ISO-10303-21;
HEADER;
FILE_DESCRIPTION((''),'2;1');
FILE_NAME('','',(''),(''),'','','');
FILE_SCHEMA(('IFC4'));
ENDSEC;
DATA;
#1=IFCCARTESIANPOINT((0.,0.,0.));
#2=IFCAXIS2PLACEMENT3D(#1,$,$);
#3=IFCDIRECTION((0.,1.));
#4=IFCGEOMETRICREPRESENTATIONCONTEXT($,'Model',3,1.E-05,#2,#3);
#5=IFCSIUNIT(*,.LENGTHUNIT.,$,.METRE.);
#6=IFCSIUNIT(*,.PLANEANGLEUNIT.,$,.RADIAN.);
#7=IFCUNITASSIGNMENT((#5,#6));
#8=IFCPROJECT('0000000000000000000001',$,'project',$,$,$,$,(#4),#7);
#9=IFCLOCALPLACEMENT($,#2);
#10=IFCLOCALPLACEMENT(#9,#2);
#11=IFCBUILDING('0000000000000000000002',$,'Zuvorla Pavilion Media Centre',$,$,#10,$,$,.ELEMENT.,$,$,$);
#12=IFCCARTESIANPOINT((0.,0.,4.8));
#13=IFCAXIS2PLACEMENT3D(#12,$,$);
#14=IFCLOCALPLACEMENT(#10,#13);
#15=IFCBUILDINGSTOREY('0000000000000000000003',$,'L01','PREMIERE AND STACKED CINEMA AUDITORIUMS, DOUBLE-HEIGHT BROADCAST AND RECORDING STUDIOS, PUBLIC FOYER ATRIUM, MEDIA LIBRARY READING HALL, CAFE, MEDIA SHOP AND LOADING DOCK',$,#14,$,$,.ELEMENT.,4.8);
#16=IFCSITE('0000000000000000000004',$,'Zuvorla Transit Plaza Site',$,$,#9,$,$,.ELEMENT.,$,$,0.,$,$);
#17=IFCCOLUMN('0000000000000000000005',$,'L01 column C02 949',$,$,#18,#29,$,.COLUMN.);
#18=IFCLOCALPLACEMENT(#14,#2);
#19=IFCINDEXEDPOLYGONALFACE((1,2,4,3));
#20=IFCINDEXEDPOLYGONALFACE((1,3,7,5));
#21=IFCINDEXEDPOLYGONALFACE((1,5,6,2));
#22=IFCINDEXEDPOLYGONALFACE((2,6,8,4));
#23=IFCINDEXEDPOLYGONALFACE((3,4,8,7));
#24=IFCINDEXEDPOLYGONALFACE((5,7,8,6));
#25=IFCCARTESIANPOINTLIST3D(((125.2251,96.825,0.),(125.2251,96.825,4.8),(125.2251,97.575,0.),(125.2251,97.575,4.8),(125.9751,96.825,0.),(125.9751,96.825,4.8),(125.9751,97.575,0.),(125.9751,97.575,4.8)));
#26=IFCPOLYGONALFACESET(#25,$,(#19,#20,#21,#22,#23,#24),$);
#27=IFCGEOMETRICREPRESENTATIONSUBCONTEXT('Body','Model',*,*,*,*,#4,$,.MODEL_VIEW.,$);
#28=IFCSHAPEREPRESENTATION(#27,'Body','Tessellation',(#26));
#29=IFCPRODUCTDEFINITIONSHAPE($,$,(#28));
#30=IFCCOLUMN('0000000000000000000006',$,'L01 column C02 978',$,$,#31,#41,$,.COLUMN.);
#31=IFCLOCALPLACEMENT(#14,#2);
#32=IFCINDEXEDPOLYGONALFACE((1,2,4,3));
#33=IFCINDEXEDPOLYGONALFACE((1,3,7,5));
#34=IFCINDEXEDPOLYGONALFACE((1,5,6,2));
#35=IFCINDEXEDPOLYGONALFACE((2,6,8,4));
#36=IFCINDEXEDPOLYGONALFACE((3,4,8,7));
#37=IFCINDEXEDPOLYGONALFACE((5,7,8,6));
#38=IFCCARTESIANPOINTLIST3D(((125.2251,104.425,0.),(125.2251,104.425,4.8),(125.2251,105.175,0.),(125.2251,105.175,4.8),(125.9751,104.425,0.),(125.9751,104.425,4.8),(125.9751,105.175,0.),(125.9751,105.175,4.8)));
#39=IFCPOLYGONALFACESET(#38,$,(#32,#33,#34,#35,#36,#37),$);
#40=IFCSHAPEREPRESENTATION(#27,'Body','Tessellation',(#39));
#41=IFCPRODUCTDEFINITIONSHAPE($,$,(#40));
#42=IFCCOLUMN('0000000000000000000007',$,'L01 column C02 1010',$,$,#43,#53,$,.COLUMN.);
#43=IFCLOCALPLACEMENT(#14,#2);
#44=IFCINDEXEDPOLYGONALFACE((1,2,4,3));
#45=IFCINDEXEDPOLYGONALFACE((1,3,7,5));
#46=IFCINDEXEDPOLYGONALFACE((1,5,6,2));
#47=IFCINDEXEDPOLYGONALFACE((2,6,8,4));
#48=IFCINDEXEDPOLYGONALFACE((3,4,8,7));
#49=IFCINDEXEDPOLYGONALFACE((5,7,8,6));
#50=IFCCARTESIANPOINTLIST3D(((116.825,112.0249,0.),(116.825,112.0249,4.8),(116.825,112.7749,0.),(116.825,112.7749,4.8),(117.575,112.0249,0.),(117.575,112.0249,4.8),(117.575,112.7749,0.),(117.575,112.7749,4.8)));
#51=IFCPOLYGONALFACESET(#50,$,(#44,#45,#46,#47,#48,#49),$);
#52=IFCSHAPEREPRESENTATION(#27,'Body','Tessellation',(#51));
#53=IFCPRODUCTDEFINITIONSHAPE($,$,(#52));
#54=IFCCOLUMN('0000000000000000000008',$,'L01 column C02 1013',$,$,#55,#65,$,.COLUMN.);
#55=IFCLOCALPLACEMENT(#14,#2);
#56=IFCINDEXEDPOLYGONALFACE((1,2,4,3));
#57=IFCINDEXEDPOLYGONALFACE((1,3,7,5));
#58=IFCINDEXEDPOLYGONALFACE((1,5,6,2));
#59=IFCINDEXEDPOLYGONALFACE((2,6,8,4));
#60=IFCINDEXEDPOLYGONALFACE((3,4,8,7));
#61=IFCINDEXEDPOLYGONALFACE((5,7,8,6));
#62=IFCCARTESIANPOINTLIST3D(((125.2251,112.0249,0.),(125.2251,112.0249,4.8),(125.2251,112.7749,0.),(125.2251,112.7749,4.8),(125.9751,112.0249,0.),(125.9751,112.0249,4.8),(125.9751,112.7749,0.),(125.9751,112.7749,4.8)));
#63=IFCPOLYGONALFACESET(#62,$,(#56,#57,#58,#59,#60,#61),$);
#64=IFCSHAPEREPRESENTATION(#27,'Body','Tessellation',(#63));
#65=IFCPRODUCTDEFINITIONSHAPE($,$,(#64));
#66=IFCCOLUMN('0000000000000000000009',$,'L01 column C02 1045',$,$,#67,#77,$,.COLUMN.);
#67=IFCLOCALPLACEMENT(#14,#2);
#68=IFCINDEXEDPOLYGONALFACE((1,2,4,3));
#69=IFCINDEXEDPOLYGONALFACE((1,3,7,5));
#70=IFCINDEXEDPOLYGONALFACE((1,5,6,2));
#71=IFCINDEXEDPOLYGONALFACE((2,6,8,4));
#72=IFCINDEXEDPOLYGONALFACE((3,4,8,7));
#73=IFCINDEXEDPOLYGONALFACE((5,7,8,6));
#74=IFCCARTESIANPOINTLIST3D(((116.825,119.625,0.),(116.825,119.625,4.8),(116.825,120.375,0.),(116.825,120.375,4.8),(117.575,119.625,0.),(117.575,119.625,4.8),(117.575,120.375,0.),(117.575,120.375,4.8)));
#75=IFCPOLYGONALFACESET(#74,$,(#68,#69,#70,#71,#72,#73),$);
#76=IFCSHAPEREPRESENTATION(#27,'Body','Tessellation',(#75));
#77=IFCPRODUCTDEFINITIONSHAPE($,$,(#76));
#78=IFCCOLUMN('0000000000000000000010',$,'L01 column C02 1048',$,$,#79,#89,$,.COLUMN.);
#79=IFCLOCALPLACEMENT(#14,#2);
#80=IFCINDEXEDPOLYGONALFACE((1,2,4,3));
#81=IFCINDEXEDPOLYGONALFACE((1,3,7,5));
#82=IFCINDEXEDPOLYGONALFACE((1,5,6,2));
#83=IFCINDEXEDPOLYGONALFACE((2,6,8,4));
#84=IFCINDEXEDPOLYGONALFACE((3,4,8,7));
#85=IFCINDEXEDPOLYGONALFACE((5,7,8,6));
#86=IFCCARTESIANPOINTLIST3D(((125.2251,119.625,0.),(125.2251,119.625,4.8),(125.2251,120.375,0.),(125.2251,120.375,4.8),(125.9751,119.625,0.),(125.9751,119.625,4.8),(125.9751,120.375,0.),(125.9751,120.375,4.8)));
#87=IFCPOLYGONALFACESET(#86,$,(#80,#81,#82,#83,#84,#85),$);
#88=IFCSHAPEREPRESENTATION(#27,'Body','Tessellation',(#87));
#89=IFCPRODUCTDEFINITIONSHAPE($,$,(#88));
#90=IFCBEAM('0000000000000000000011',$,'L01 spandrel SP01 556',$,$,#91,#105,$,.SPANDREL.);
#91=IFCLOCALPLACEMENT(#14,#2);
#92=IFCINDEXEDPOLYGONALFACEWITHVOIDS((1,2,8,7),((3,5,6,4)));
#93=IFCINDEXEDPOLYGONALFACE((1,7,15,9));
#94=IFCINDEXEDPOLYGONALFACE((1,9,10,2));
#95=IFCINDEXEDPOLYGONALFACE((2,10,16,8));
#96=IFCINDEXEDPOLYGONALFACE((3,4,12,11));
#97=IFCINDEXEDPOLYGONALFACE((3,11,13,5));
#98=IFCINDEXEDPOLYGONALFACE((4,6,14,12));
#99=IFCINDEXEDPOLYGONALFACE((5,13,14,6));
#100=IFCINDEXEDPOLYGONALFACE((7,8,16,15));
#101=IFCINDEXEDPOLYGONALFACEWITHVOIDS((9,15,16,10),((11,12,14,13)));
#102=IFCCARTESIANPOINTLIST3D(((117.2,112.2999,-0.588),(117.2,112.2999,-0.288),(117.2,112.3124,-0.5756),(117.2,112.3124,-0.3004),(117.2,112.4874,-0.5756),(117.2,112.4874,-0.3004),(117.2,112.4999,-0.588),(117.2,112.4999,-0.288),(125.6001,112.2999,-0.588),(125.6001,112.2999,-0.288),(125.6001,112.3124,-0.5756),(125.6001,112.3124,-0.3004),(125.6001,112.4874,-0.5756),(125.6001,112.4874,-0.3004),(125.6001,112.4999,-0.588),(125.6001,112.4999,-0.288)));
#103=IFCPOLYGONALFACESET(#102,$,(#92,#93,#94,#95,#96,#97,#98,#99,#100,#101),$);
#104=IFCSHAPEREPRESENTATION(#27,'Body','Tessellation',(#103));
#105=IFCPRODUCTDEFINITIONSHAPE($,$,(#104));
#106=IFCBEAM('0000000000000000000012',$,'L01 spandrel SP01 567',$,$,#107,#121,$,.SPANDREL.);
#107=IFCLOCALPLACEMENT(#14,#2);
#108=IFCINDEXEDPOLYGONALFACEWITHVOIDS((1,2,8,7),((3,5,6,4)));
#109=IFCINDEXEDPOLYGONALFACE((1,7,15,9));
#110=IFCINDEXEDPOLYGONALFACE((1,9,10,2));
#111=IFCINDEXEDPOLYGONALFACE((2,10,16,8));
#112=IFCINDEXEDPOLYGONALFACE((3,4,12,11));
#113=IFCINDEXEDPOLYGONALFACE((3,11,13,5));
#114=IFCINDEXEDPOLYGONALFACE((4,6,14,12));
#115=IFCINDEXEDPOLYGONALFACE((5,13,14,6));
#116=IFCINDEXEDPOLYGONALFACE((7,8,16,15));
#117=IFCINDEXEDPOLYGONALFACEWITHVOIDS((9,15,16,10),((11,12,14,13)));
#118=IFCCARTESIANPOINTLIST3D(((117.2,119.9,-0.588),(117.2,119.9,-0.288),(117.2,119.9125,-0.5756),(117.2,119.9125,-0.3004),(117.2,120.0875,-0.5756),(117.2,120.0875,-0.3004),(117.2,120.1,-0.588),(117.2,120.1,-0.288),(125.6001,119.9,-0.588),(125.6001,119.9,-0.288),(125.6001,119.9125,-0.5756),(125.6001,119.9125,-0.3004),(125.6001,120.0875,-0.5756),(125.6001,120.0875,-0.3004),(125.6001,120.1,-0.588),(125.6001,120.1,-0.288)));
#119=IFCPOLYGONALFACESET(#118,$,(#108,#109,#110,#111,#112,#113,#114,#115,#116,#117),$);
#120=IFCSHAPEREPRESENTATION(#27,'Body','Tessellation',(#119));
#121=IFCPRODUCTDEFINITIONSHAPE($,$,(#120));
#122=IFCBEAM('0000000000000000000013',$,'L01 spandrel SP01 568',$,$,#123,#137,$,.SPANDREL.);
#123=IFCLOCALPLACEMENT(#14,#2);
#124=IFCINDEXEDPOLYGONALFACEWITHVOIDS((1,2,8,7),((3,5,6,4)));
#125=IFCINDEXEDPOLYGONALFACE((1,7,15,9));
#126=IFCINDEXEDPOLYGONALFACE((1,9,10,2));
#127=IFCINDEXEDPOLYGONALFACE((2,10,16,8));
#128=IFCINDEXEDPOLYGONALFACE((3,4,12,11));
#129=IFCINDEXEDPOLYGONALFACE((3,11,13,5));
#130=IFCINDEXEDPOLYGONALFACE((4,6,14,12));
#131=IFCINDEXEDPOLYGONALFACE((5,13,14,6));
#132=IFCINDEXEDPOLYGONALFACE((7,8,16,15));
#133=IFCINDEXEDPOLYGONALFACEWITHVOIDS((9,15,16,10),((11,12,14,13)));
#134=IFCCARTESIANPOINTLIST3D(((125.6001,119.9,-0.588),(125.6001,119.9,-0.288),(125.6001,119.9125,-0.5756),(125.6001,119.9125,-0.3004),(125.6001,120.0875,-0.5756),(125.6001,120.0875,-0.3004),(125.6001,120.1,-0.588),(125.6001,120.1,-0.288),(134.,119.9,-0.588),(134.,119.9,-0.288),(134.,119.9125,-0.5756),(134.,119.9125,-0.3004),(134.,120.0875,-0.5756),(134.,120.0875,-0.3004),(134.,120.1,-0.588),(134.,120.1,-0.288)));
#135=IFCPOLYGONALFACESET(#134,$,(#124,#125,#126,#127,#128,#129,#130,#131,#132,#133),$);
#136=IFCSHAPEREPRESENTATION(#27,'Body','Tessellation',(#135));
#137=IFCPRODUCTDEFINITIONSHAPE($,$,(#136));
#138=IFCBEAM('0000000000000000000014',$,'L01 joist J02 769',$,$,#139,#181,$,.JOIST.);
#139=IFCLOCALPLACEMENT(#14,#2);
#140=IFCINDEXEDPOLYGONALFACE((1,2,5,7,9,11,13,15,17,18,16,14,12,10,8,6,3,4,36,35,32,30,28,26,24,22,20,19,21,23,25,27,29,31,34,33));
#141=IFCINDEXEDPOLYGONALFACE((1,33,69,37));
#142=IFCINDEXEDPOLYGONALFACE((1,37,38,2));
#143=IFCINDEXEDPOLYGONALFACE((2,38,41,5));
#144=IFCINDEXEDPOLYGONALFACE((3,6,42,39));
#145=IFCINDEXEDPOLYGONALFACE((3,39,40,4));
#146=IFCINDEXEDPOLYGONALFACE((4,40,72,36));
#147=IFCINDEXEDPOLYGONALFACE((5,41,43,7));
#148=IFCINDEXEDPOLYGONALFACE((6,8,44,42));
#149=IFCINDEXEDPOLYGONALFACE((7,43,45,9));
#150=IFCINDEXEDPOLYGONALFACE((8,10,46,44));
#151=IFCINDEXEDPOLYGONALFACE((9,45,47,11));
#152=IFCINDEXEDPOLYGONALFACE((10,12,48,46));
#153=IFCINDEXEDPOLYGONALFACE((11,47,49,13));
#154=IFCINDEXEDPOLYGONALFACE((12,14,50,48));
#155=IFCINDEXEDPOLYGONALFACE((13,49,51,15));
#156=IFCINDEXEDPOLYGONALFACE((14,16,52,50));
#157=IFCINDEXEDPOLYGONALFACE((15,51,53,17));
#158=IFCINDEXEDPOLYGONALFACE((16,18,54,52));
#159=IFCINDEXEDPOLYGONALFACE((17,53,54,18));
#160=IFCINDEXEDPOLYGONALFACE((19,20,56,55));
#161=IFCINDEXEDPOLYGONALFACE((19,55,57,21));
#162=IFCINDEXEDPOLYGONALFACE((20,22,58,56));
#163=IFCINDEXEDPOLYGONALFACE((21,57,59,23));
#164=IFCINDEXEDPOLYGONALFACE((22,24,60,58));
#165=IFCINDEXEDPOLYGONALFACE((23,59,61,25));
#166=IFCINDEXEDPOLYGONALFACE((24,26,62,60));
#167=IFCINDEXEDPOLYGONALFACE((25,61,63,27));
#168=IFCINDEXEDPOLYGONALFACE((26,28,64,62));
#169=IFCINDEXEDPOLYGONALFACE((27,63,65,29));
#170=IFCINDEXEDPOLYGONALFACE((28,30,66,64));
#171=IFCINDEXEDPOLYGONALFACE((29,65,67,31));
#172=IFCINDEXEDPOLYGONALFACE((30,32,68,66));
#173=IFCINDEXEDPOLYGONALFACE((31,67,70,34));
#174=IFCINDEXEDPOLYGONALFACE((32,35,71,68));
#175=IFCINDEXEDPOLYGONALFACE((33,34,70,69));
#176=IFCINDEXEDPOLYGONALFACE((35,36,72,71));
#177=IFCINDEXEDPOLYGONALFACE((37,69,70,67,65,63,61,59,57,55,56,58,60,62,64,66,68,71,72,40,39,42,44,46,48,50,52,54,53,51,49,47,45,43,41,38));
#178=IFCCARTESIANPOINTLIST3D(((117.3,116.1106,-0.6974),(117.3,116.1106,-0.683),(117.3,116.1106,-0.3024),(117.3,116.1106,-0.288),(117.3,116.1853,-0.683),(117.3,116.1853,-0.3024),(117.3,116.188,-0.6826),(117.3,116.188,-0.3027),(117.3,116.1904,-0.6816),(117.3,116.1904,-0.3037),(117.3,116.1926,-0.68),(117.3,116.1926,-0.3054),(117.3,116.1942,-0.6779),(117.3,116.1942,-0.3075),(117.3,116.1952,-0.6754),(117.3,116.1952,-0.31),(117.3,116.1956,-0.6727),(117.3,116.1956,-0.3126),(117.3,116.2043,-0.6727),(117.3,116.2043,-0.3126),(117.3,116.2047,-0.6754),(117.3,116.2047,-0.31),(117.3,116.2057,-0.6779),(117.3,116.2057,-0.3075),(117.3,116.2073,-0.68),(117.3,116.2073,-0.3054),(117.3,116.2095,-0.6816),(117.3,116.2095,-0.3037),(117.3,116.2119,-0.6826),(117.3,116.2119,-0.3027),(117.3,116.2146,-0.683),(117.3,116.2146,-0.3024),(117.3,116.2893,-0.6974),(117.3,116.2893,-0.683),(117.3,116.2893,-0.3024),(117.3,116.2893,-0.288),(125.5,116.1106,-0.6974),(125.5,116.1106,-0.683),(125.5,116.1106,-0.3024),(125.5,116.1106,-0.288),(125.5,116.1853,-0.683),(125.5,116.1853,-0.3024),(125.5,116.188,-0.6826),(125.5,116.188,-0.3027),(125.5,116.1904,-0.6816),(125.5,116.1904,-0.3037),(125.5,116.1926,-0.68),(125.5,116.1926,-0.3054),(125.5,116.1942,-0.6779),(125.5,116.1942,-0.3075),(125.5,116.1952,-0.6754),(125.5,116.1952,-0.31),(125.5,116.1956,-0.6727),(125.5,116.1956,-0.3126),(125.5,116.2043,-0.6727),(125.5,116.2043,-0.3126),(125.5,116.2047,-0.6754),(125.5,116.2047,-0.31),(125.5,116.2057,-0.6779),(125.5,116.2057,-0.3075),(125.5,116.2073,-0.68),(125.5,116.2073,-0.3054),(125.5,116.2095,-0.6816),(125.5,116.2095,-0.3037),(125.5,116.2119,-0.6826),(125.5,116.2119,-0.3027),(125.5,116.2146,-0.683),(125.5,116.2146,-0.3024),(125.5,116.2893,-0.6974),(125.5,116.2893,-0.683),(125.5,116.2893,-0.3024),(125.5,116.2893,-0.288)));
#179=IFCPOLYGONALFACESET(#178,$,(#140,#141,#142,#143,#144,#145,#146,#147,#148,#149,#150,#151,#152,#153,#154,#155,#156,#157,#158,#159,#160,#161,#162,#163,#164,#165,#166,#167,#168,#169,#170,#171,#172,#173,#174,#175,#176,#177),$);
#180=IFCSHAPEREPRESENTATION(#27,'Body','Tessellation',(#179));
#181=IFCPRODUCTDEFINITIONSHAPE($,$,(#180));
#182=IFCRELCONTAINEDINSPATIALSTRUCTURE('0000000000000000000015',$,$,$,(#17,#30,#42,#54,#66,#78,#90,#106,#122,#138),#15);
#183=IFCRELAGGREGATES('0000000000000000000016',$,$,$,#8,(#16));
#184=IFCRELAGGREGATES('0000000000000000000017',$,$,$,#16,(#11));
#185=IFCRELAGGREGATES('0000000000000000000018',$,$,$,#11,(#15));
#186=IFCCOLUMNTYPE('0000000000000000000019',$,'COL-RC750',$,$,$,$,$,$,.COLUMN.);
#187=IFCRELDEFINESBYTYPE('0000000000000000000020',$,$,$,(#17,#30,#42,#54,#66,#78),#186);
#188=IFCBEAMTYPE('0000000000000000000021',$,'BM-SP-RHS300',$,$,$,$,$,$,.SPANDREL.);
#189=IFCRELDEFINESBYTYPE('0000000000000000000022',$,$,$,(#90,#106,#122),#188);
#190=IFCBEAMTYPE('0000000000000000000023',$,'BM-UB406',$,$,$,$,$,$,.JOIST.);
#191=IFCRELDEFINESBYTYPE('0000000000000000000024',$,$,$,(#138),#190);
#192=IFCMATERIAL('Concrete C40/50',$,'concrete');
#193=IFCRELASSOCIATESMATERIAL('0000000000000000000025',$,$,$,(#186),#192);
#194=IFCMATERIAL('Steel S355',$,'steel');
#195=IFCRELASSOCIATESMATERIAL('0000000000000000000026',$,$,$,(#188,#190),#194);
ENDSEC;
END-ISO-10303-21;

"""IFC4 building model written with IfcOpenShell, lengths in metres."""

from ifc_helpers import new_model, si_unit, direction, frame, origin, origin_2d, place, context, subcontext, project, spatial, rectangle, hollow_rectangle, i_section, extrude, material, material_profile, profile_set, type_object, element, save


model = new_model("IFC4")

# Units and contexts
model_context = context("Model", 3, precision=1e-05, world=origin(), true_north=direction((0.0, 1.0)))
body_context = subcontext(model_context, "Body", "Model", "MODEL_VIEW")
ifc_project = project(units=[si_unit("LENGTHUNIT", "METRE"), si_unit("PLANEANGLEUNIT", "RADIAN")], contexts=[model_context])

# Site, building, storey
site_placement = place(None, origin())
site = spatial("IfcSite", under=ifc_project, at=site_placement, Name="Zuvorla Transit Plaza Site", CompositionType="ELEMENT", RefElevation=0.0)
building_placement = place(site_placement, origin())
building = spatial("IfcBuilding", under=site, at=building_placement, Name="Zuvorla Pavilion Media Centre", CompositionType="ELEMENT")
storey_placement = place(building_placement, frame((0.0, 0.0, 4.8)))
storey = spatial("IfcBuildingStorey", under=building, at=storey_placement, Name="L01", Description="PREMIERE AND STACKED CINEMA AUDITORIUMS, DOUBLE-HEIGHT BROADCAST AND RECORDING STUDIOS, PUBLIC FOYER ATRIUM, MEDIA LIBRARY READING HALL, CAFE, MEDIA SHOP AND LOADING DOCK", CompositionType="ELEMENT", Elevation=4.8)

# Columns
ifc_material_1 = material(Name="Concrete C40/50", Category="concrete")
ifc_material_profile_1 = material_profile(ifc_material_1, rectangle(XDim=0.75, YDim=0.75, at=origin_2d()), Name="RC 750x750")
ifc_profile_set_1 = profile_set([ifc_material_profile_1], Name="Concrete C40/50")
column_type = type_object("IfcColumnType", Name="COL-RC750", PredefinedType="COLUMN", material=ifc_profile_set_1)
for number, where, z_axis, x_axis, name in (
    (1, (125.6001, 97.2, 0.0), (0.0, 0.0, 1.0), (1.0, 0.0, 0.0), "L01 column C02 949"),
    (2, (125.6001, 104.8, 0.0), (0.0, 0.0, 1.0), (1.0, 0.0, 0.0), "L01 column C02 978"),
    (3, (117.2, 112.3999, 0.0), (0.0, 0.0, 1.0), (1.0, 0.0, 0.0), "L01 column C02 1010"),
    (4, (125.6001, 112.3999, 0.0), (0.0, 0.0, 1.0), (1.0, 0.0, 0.0), "L01 column C02 1013"),
    (5, (117.2, 120.0, 0.0), (0.0, 0.0, 1.0), (1.0, 0.0, 0.0), "L01 column C02 1045"),
    (6, (125.6001, 120.0, 0.0), (0.0, 0.0, 1.0), (1.0, 0.0, 0.0), "L01 column C02 1048"),
):
    element("IfcColumn", number, at=place(storey_placement, frame(where, z_axis=z_axis, x_axis=x_axis)), inside=storey, type_object=column_type, Name=name, PredefinedType="COLUMN", context=body_context, shape_type="SweptSolid", body=[
        extrude(rectangle(XDim=0.75, YDim=0.75, at=origin_2d()), origin(), (0.0, 0.0, 1.0), 4.8),
    ])

# Beams
ifc_material_2 = material(Name="Steel S355", Category="steel")
ifc_material_profile_2 = material_profile(ifc_material_2, hollow_rectangle(XDim=0.2, YDim=0.3, WallThickness=0.0125, at=origin_2d()), Name="RHS 300x200x12.5")
ifc_profile_set_2 = profile_set([ifc_material_profile_2], Name="Steel S355")
beam_type_1 = type_object("IfcBeamType", Name="BM-SP-RHS300", PredefinedType="SPANDREL", material=ifc_profile_set_2)
for number, where, z_axis, x_axis, name in (
    (7, (117.2, 112.3999, -0.438), (1.0, 0.0, 0.0), (0.0, 1.0, 0.0), "L01 spandrel SP01 556"),
    (8, (117.2, 120.0, -0.438), (1.0, 0.0, 0.0), (0.0, 1.0, 0.0), "L01 spandrel SP01 567"),
):
    element("IfcBeam", number, at=place(storey_placement, frame(where, z_axis=z_axis, x_axis=x_axis)), inside=storey, type_object=beam_type_1, Name=name, PredefinedType="SPANDREL", context=body_context, shape_type="SweptSolid", body=[
        extrude(hollow_rectangle(XDim=0.2, YDim=0.3, WallThickness=0.0125, at=origin_2d()), origin(), (0.0, 0.0, 1.0), 8.4001),
    ])
beam_1_placement = place(storey_placement, frame((125.6001, 120.0, -0.438), z_axis=(1.0, 0.0, 0.0), x_axis=(0.0, 1.0, 0.0)))
element("IfcBeam", 9, at=beam_1_placement, inside=storey, type_object=beam_type_1, Name="L01 spandrel SP01 568", PredefinedType="SPANDREL", context=body_context, shape_type="SweptSolid", body=[
    extrude(hollow_rectangle(XDim=0.2, YDim=0.3, WallThickness=0.0125, at=origin_2d()), origin(), (0.0, 0.0, 1.0), 8.3999),
])
ifc_material_profile_3 = material_profile(ifc_material_2, i_section(OverallWidth=0.1787, OverallDepth=0.4094, WebThickness=0.0088, FlangeThickness=0.0144, FilletRadius=0.0103, at=origin_2d()), Name="UB 406x178x67")
ifc_profile_set_3 = profile_set([ifc_material_profile_3], Name="Steel S355")
beam_type_2 = type_object("IfcBeamType", Name="BM-UB406", PredefinedType="JOIST", material=ifc_profile_set_3)
beam_2_placement = place(storey_placement, frame((117.3, 116.2, -0.4927), z_axis=(1.0, 0.0, 0.0), x_axis=(0.0, 1.0, 0.0)))
element("IfcBeam", 10, at=beam_2_placement, inside=storey, type_object=beam_type_2, Name="L01 joist J02 769", PredefinedType="JOIST", context=body_context, shape_type="SweptSolid", body=[
    extrude(i_section(OverallWidth=0.1787, OverallDepth=0.4094, WebThickness=0.0088, FlangeThickness=0.0144, FilletRadius=0.0103, at=origin_2d()), origin(), (0.0, 0.0, 1.0), 8.2),
])

save(model, "model.ifc")
